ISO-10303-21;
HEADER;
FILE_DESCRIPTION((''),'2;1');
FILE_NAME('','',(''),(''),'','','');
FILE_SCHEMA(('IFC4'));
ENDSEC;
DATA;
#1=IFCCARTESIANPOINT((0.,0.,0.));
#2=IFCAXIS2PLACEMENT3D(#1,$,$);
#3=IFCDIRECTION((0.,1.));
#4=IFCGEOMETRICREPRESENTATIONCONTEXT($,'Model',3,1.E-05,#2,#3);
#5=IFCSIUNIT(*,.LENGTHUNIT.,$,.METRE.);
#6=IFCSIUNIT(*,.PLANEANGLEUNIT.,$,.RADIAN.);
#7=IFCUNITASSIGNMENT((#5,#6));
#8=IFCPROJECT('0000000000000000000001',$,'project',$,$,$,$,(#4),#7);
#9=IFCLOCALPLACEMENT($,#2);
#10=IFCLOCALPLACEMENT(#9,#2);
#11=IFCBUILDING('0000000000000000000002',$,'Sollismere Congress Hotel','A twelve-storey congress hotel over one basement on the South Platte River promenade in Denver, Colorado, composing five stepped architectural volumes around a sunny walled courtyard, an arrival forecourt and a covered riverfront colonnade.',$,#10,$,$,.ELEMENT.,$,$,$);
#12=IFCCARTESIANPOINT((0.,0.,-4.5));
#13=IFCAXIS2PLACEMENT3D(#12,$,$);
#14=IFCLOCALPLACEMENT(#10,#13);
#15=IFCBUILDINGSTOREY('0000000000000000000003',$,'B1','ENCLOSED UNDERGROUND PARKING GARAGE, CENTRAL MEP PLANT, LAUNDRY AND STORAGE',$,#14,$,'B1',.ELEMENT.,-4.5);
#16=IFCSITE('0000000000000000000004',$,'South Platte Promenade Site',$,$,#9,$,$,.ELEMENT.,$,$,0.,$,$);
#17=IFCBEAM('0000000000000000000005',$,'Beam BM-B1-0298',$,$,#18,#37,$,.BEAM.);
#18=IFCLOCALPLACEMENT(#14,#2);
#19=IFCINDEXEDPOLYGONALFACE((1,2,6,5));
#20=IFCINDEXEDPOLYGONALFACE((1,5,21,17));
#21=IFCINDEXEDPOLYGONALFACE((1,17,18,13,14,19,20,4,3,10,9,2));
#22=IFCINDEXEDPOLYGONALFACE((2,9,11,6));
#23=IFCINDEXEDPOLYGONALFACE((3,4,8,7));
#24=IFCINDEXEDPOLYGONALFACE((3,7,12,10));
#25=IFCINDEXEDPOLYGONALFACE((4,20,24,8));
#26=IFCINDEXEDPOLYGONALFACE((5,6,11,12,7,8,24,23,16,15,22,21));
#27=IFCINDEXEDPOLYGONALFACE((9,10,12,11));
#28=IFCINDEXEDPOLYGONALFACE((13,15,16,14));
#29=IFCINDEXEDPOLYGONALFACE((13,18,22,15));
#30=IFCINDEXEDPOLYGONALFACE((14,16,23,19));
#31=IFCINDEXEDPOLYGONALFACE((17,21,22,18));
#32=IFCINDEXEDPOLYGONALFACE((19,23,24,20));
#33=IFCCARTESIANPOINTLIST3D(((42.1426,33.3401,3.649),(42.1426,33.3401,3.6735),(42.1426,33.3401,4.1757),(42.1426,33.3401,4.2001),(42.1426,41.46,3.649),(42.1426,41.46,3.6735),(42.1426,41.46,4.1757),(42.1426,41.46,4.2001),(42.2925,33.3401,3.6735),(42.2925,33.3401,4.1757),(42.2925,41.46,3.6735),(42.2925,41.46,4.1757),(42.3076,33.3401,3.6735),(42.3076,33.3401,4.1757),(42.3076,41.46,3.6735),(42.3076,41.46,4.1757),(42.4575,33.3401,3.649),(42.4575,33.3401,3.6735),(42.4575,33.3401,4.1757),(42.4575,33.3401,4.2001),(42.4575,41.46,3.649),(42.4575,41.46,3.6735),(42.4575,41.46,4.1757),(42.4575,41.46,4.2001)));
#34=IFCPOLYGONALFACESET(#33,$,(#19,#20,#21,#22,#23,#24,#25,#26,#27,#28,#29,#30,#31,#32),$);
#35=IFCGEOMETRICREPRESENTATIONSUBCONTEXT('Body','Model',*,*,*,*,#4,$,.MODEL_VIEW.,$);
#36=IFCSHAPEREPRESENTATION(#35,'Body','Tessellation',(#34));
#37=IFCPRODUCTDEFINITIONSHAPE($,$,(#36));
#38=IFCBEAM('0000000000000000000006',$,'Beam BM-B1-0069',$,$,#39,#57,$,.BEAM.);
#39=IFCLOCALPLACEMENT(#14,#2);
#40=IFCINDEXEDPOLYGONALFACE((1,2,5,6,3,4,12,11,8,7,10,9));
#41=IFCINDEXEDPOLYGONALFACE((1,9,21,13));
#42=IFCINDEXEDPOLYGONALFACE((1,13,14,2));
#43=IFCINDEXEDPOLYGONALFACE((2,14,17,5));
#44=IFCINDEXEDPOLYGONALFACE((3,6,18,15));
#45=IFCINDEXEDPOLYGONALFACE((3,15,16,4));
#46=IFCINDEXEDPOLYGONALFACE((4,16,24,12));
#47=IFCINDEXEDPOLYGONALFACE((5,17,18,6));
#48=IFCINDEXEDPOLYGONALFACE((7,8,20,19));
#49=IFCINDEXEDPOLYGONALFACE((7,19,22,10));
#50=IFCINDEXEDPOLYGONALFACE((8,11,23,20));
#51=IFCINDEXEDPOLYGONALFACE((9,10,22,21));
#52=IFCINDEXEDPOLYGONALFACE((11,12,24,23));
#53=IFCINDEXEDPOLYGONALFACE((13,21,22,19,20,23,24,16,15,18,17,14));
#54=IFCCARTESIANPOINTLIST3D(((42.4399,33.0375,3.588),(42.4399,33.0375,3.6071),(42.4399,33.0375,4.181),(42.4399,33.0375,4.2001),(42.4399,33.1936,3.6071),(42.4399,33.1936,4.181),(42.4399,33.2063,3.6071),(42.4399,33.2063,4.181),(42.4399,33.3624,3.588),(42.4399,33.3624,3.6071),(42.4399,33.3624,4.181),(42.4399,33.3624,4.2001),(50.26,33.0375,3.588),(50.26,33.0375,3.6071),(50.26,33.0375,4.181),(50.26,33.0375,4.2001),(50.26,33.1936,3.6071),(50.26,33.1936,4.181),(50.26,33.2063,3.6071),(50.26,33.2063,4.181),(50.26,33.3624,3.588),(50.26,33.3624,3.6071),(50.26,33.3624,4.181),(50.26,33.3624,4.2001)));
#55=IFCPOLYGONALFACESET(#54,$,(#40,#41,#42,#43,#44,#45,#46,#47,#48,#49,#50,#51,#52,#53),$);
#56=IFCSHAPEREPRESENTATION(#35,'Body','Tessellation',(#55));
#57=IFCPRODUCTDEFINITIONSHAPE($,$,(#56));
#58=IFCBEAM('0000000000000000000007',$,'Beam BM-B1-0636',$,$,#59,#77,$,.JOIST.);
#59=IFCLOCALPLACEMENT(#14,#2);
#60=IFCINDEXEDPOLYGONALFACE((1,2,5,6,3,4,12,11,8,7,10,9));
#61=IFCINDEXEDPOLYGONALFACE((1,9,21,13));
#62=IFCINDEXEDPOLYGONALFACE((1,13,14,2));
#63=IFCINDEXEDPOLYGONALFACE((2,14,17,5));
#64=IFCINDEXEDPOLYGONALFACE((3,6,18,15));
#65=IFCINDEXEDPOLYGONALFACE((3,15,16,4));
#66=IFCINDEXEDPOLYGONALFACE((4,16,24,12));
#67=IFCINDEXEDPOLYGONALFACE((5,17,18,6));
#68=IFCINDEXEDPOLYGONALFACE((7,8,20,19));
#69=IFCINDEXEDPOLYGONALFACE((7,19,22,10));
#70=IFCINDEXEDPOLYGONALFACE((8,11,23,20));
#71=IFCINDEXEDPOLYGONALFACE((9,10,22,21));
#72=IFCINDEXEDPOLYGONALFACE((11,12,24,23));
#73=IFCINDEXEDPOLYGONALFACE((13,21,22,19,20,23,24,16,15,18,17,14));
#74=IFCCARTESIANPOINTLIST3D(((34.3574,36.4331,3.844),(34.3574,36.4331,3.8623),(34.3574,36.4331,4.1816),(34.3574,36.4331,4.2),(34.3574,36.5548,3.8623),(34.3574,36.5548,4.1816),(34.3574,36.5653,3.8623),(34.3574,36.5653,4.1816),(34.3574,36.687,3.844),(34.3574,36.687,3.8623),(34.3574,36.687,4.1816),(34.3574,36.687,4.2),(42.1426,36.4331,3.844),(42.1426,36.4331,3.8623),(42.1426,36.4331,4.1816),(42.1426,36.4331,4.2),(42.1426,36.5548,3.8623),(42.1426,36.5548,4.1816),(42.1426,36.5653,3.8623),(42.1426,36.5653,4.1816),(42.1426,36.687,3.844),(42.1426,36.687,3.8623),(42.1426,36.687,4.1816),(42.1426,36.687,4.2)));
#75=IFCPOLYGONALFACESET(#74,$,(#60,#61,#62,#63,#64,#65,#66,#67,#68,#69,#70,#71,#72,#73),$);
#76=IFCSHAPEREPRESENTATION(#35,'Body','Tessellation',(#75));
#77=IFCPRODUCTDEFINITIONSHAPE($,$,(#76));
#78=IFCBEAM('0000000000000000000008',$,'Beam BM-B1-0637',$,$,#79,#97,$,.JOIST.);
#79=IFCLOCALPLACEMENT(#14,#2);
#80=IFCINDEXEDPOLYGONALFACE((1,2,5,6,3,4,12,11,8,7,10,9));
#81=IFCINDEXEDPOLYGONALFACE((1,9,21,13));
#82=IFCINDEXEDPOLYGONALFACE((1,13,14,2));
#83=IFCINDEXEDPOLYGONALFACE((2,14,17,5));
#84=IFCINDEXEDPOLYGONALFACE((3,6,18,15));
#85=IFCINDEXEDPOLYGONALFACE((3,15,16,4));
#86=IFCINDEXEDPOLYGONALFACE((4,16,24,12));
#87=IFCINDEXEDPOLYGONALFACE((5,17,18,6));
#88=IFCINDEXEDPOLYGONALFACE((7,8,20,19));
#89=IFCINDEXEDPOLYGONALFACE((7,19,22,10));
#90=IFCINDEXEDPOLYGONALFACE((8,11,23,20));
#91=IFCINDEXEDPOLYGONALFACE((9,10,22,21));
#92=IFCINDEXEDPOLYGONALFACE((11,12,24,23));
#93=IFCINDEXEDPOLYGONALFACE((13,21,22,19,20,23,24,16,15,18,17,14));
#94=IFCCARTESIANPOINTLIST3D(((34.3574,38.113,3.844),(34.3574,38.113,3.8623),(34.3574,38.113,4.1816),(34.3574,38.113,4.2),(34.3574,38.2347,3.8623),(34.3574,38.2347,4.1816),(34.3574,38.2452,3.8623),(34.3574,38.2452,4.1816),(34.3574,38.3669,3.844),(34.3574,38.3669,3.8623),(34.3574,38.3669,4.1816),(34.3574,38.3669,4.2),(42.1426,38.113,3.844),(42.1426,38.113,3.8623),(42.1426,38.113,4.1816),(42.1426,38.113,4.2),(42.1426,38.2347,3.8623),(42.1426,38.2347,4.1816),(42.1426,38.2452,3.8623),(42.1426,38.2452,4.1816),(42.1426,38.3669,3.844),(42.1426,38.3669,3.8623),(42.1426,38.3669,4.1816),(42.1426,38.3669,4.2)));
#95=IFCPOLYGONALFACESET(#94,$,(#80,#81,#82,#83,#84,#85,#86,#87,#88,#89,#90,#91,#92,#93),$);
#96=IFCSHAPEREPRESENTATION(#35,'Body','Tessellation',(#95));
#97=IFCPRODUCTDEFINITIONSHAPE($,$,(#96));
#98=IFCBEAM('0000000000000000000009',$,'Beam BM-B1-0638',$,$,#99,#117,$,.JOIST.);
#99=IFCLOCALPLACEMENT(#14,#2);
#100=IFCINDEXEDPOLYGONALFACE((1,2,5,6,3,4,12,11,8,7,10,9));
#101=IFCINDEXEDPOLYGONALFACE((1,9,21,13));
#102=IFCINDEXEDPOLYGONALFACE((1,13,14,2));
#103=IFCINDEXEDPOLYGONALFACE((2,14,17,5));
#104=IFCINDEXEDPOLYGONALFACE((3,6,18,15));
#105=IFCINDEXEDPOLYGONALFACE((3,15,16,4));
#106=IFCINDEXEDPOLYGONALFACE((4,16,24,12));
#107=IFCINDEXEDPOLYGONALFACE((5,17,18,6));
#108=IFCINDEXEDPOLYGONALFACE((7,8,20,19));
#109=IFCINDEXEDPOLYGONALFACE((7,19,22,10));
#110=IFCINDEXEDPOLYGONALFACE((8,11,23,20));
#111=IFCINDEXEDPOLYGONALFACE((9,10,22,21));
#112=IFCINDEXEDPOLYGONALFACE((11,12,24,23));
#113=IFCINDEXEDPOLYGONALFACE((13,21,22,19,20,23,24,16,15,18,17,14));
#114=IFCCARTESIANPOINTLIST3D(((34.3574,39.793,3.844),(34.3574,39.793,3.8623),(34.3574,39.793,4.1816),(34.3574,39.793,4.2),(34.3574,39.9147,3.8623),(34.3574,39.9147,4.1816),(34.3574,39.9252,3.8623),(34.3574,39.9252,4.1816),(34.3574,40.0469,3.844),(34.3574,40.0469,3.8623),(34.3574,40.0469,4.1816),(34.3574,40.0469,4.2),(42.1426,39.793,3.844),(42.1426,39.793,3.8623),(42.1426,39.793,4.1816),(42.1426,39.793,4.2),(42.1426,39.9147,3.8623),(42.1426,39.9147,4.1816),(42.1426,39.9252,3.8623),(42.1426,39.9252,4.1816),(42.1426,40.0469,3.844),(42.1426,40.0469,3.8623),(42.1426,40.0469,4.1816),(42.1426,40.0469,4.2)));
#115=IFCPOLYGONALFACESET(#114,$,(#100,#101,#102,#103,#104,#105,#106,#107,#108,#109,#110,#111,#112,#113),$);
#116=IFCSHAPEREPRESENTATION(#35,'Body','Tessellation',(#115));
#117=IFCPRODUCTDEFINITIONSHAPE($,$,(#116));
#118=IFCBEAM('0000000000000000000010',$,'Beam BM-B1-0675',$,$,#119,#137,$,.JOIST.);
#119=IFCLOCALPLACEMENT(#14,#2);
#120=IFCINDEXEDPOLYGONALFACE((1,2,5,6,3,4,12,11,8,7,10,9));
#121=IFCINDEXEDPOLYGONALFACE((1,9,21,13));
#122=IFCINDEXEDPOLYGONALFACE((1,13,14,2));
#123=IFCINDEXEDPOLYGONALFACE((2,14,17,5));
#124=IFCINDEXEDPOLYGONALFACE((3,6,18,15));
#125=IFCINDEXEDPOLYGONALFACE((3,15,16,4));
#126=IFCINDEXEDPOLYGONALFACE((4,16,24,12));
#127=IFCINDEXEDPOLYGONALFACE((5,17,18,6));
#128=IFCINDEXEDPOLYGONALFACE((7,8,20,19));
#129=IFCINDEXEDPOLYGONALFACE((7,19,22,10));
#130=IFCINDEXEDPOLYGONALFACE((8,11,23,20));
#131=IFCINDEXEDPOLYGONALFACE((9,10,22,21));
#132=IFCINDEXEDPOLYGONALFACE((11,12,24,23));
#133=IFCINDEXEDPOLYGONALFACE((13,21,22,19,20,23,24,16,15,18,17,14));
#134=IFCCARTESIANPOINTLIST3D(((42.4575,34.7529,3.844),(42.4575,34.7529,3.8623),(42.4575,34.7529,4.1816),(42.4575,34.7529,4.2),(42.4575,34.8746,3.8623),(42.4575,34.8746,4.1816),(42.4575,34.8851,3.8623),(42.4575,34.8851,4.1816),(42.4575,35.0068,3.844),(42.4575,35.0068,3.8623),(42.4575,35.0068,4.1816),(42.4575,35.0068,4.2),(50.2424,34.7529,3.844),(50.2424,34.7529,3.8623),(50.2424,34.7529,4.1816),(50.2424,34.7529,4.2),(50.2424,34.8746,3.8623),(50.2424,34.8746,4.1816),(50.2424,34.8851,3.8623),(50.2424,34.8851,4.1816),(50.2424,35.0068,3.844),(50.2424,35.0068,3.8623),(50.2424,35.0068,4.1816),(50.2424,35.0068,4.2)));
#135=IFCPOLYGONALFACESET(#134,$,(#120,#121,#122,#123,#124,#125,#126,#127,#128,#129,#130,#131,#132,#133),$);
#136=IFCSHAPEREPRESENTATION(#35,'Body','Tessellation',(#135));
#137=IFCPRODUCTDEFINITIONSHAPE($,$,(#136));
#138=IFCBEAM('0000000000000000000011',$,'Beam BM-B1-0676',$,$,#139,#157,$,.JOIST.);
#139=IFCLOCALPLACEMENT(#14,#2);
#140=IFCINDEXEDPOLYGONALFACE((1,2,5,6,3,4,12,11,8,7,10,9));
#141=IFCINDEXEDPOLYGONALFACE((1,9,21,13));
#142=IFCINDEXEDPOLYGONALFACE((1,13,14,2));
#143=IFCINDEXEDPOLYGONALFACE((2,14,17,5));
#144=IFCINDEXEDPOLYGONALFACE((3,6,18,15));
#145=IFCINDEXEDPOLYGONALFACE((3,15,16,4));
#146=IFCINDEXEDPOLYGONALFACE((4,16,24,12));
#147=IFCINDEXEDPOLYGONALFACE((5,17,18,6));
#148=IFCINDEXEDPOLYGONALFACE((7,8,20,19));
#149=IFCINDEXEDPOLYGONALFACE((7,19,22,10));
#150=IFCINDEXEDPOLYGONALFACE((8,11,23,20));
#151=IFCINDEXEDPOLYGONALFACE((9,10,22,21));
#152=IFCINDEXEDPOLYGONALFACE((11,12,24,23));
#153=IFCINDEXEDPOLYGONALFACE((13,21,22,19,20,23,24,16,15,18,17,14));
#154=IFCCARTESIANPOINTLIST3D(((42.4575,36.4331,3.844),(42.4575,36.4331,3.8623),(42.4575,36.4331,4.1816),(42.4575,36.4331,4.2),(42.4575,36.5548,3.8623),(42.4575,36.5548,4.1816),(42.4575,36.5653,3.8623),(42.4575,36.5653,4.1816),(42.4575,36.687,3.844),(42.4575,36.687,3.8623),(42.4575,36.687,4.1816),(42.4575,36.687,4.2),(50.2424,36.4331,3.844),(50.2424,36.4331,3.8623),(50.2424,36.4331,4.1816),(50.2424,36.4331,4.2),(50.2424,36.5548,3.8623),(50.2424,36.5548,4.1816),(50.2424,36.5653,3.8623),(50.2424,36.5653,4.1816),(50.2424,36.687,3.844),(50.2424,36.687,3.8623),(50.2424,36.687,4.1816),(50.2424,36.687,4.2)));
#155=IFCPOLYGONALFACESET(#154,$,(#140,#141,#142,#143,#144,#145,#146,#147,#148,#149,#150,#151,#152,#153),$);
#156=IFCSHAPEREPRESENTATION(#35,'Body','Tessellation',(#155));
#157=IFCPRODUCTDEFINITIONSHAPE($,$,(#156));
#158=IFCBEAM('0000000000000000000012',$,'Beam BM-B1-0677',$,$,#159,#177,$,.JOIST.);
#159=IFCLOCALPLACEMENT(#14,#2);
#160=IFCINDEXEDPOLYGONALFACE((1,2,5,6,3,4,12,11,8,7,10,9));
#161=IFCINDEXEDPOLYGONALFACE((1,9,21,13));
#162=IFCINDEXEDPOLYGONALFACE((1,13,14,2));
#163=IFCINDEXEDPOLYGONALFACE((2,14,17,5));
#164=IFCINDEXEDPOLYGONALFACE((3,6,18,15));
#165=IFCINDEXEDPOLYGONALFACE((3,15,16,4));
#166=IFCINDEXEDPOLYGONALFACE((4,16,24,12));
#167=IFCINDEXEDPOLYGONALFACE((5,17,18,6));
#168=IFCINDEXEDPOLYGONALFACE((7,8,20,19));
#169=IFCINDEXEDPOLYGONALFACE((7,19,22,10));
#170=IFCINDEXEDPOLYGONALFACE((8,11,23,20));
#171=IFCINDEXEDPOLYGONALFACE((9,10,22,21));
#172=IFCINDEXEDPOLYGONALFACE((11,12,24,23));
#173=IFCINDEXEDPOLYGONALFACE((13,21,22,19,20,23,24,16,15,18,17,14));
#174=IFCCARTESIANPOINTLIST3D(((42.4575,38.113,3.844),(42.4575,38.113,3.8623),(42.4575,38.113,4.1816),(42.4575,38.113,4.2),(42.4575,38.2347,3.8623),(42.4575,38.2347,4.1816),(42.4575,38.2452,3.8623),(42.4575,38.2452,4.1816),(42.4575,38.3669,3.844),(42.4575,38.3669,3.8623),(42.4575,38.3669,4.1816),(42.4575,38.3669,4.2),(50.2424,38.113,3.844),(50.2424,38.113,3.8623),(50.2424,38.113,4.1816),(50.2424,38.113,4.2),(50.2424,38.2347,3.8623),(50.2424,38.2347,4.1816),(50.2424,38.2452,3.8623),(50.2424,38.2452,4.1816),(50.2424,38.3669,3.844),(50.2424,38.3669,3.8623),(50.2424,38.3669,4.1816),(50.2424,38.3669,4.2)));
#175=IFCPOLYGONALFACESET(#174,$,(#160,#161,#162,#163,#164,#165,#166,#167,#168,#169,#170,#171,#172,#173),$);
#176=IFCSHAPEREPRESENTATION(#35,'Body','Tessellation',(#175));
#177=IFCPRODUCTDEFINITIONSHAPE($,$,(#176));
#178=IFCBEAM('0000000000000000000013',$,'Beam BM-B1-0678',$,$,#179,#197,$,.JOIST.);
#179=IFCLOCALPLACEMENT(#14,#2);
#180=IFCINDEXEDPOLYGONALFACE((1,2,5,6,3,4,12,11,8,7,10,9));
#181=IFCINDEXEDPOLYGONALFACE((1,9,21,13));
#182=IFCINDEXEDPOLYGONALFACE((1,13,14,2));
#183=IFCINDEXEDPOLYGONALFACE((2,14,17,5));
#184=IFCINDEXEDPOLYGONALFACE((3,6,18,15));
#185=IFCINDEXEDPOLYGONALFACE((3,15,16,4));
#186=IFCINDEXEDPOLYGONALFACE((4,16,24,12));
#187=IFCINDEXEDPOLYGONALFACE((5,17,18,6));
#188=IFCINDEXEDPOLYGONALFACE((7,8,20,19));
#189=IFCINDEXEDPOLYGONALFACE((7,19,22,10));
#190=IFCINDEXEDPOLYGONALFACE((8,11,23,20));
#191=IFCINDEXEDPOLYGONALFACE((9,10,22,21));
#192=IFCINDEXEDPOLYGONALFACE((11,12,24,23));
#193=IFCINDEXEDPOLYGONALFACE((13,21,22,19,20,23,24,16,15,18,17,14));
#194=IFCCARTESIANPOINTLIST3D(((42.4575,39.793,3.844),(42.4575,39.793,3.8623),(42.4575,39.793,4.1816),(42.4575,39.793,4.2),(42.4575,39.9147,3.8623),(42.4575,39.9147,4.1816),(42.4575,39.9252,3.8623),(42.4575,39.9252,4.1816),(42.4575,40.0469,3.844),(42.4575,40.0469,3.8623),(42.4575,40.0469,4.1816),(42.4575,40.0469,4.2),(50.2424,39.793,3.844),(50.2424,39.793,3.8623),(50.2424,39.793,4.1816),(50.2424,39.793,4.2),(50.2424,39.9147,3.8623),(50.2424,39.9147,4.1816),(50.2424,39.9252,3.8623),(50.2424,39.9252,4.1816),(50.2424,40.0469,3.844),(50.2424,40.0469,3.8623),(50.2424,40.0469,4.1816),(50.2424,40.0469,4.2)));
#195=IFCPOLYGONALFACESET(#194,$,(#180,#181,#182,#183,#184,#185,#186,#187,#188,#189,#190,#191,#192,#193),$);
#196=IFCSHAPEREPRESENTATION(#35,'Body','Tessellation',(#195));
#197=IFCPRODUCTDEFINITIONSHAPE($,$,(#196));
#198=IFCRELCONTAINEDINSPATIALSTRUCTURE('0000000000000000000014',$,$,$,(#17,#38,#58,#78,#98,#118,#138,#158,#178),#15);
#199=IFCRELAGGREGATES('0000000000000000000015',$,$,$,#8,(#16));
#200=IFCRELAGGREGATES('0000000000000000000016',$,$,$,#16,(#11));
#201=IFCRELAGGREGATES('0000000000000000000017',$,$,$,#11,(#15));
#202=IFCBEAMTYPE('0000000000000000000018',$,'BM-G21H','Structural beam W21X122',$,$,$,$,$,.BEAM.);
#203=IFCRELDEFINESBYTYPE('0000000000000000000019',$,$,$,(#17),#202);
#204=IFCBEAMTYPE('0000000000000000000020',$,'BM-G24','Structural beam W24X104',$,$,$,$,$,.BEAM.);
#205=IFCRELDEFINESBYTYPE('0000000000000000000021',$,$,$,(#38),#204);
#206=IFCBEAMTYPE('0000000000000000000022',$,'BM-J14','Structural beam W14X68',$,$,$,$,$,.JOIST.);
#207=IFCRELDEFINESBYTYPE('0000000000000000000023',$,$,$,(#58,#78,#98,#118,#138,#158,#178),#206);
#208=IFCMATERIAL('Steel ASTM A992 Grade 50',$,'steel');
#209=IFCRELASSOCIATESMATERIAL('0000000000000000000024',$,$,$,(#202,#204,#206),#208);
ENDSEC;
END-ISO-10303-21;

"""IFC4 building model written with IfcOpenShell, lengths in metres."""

from ifc_helpers import new_model, si_unit, direction, frame, origin, origin_2d, place, context, subcontext, project, spatial, i_section, extrude, material, material_profile, profile_set, type_object, element, save


model = new_model("IFC4")

# Units and contexts
model_context = context("Model", 3, precision=1e-05, world=origin(), true_north=direction((0.0, 1.0)))
body_context = subcontext(model_context, "Body", "Model", "MODEL_VIEW")
ifc_project = project(units=[si_unit("LENGTHUNIT", "METRE"), si_unit("PLANEANGLEUNIT", "RADIAN")], contexts=[model_context])

# Site, building, storey
site_placement = place(None, origin())
site = spatial("IfcSite", under=ifc_project, at=site_placement, Name="South Platte Promenade Site", CompositionType="ELEMENT", RefElevation=0.0)
building_placement = place(site_placement, origin())
building = spatial("IfcBuilding", under=site, at=building_placement, Name="Sollismere Congress Hotel", Description="A twelve-storey congress hotel over one basement on the South Platte River promenade in Denver, Colorado, composing five stepped architectural volumes around a sunny walled courtyard, an arrival forecourt and a covered riverfront colonnade.", CompositionType="ELEMENT")
storey_placement = place(building_placement, frame((0.0, 0.0, -4.5)))
storey = spatial("IfcBuildingStorey", under=building, at=storey_placement, Name="B1", Description="ENCLOSED UNDERGROUND PARKING GARAGE, CENTRAL MEP PLANT, LAUNDRY AND STORAGE", LongName="B1", CompositionType="ELEMENT", Elevation=-4.5)

# Beams
ifc_material_1 = material(Name="Steel ASTM A992 Grade 50", Category="steel")
ifc_material_profile_1 = material_profile(ifc_material_1, i_section(OverallWidth=0.3149, OverallDepth=0.551, WebThickness=0.0151, FlangeThickness=0.0244, at=origin_2d()), Name="W21X122")
ifc_profile_set_1 = profile_set([ifc_material_profile_1], Name="Steel ASTM A992 Grade 50")
beam_type_1 = type_object("IfcBeamType", Name="BM-G21H", Description="Structural beam W21X122", PredefinedType="BEAM", material=ifc_profile_set_1)
beam_1_placement = place(storey_placement, frame((42.3, 33.3401, 3.9246), z_axis=(0.0, 1.0, 0.0), x_axis=(-1.0, 0.0, 0.0)))
element("IfcBeam", 1, at=beam_1_placement, inside=storey, type_object=beam_type_1, Name="Beam BM-B1-0298", PredefinedType="BEAM", context=body_context, shape_type="SweptSolid", body=[
    extrude(i_section(OverallWidth=0.3149, OverallDepth=0.551, WebThickness=0.0151, FlangeThickness=0.0244, at=origin_2d()), origin(), (0.0, 0.0, 1.0), 8.1199),
])
ifc_material_profile_2 = material_profile(ifc_material_1, i_section(OverallWidth=0.325, OverallDepth=0.6121, WebThickness=0.0127, FlangeThickness=0.019, at=origin_2d()), Name="W24X104")
ifc_profile_set_2 = profile_set([ifc_material_profile_2], Name="Steel ASTM A992 Grade 50")
beam_type_2 = type_object("IfcBeamType", Name="BM-G24", Description="Structural beam W24X104", PredefinedType="BEAM", material=ifc_profile_set_2)
beam_2_placement = place(storey_placement, frame((42.4399, 33.2, 3.894), z_axis=(1.0, 0.0, 0.0), x_axis=(0.0, 1.0, 0.0)))
element("IfcBeam", 2, at=beam_2_placement, inside=storey, type_object=beam_type_2, Name="Beam BM-B1-0069", PredefinedType="BEAM", context=body_context, shape_type="SweptSolid", body=[
    extrude(i_section(OverallWidth=0.325, OverallDepth=0.6121, WebThickness=0.0127, FlangeThickness=0.019, at=origin_2d()), origin(), (0.0, 0.0, 1.0), 7.8201),
])
ifc_material_profile_3 = material_profile(ifc_material_1, i_section(OverallWidth=0.2539, OverallDepth=0.356, WebThickness=0.0105, FlangeThickness=0.0183, at=origin_2d()), Name="W14X68")
ifc_profile_set_3 = profile_set([ifc_material_profile_3], Name="Steel ASTM A992 Grade 50")
beam_type_3 = type_object("IfcBeamType", Name="BM-J14", Description="Structural beam W14X68", PredefinedType="JOIST", material=ifc_profile_set_3)
for number, where, z_axis, x_axis, name in (
    (3, (34.3574, 36.5601, 4.022), (1.0, 0.0, 0.0), (0.0, 1.0, 0.0), "Beam BM-B1-0636"),
    (4, (34.3574, 38.24, 4.022), (1.0, 0.0, 0.0), (0.0, 1.0, 0.0), "Beam BM-B1-0637"),
    (5, (34.3574, 39.9199, 4.022), (1.0, 0.0, 0.0), (0.0, 1.0, 0.0), "Beam BM-B1-0638"),
):
    element("IfcBeam", number, at=place(storey_placement, frame(where, z_axis=z_axis, x_axis=x_axis)), inside=storey, type_object=beam_type_3, Name=name, PredefinedType="JOIST", context=body_context, shape_type="SweptSolid", body=[
        extrude(i_section(OverallWidth=0.2539, OverallDepth=0.356, WebThickness=0.0105, FlangeThickness=0.0183, at=origin_2d()), origin(), (0.0, 0.0, 1.0), 7.7852),
    ])
for number, where, z_axis, x_axis, name in (
    (6, (42.4575, 34.8799, 4.022), (1.0, 0.0, 0.0), (0.0, 1.0, 0.0), "Beam BM-B1-0675"),
    (7, (42.4575, 36.5601, 4.022), (1.0, 0.0, 0.0), (0.0, 1.0, 0.0), "Beam BM-B1-0676"),
    (8, (42.4575, 38.24, 4.022), (1.0, 0.0, 0.0), (0.0, 1.0, 0.0), "Beam BM-B1-0677"),
    (9, (42.4575, 39.9199, 4.022), (1.0, 0.0, 0.0), (0.0, 1.0, 0.0), "Beam BM-B1-0678"),
):
    element("IfcBeam", number, at=place(storey_placement, frame(where, z_axis=z_axis, x_axis=x_axis)), inside=storey, type_object=beam_type_3, Name=name, PredefinedType="JOIST", context=body_context, shape_type="SweptSolid", body=[
        extrude(i_section(OverallWidth=0.2539, OverallDepth=0.356, WebThickness=0.0105, FlangeThickness=0.0183, at=origin_2d()), origin(), (0.0, 0.0, 1.0), 7.7849),
    ])

save(model, "model.ifc")
